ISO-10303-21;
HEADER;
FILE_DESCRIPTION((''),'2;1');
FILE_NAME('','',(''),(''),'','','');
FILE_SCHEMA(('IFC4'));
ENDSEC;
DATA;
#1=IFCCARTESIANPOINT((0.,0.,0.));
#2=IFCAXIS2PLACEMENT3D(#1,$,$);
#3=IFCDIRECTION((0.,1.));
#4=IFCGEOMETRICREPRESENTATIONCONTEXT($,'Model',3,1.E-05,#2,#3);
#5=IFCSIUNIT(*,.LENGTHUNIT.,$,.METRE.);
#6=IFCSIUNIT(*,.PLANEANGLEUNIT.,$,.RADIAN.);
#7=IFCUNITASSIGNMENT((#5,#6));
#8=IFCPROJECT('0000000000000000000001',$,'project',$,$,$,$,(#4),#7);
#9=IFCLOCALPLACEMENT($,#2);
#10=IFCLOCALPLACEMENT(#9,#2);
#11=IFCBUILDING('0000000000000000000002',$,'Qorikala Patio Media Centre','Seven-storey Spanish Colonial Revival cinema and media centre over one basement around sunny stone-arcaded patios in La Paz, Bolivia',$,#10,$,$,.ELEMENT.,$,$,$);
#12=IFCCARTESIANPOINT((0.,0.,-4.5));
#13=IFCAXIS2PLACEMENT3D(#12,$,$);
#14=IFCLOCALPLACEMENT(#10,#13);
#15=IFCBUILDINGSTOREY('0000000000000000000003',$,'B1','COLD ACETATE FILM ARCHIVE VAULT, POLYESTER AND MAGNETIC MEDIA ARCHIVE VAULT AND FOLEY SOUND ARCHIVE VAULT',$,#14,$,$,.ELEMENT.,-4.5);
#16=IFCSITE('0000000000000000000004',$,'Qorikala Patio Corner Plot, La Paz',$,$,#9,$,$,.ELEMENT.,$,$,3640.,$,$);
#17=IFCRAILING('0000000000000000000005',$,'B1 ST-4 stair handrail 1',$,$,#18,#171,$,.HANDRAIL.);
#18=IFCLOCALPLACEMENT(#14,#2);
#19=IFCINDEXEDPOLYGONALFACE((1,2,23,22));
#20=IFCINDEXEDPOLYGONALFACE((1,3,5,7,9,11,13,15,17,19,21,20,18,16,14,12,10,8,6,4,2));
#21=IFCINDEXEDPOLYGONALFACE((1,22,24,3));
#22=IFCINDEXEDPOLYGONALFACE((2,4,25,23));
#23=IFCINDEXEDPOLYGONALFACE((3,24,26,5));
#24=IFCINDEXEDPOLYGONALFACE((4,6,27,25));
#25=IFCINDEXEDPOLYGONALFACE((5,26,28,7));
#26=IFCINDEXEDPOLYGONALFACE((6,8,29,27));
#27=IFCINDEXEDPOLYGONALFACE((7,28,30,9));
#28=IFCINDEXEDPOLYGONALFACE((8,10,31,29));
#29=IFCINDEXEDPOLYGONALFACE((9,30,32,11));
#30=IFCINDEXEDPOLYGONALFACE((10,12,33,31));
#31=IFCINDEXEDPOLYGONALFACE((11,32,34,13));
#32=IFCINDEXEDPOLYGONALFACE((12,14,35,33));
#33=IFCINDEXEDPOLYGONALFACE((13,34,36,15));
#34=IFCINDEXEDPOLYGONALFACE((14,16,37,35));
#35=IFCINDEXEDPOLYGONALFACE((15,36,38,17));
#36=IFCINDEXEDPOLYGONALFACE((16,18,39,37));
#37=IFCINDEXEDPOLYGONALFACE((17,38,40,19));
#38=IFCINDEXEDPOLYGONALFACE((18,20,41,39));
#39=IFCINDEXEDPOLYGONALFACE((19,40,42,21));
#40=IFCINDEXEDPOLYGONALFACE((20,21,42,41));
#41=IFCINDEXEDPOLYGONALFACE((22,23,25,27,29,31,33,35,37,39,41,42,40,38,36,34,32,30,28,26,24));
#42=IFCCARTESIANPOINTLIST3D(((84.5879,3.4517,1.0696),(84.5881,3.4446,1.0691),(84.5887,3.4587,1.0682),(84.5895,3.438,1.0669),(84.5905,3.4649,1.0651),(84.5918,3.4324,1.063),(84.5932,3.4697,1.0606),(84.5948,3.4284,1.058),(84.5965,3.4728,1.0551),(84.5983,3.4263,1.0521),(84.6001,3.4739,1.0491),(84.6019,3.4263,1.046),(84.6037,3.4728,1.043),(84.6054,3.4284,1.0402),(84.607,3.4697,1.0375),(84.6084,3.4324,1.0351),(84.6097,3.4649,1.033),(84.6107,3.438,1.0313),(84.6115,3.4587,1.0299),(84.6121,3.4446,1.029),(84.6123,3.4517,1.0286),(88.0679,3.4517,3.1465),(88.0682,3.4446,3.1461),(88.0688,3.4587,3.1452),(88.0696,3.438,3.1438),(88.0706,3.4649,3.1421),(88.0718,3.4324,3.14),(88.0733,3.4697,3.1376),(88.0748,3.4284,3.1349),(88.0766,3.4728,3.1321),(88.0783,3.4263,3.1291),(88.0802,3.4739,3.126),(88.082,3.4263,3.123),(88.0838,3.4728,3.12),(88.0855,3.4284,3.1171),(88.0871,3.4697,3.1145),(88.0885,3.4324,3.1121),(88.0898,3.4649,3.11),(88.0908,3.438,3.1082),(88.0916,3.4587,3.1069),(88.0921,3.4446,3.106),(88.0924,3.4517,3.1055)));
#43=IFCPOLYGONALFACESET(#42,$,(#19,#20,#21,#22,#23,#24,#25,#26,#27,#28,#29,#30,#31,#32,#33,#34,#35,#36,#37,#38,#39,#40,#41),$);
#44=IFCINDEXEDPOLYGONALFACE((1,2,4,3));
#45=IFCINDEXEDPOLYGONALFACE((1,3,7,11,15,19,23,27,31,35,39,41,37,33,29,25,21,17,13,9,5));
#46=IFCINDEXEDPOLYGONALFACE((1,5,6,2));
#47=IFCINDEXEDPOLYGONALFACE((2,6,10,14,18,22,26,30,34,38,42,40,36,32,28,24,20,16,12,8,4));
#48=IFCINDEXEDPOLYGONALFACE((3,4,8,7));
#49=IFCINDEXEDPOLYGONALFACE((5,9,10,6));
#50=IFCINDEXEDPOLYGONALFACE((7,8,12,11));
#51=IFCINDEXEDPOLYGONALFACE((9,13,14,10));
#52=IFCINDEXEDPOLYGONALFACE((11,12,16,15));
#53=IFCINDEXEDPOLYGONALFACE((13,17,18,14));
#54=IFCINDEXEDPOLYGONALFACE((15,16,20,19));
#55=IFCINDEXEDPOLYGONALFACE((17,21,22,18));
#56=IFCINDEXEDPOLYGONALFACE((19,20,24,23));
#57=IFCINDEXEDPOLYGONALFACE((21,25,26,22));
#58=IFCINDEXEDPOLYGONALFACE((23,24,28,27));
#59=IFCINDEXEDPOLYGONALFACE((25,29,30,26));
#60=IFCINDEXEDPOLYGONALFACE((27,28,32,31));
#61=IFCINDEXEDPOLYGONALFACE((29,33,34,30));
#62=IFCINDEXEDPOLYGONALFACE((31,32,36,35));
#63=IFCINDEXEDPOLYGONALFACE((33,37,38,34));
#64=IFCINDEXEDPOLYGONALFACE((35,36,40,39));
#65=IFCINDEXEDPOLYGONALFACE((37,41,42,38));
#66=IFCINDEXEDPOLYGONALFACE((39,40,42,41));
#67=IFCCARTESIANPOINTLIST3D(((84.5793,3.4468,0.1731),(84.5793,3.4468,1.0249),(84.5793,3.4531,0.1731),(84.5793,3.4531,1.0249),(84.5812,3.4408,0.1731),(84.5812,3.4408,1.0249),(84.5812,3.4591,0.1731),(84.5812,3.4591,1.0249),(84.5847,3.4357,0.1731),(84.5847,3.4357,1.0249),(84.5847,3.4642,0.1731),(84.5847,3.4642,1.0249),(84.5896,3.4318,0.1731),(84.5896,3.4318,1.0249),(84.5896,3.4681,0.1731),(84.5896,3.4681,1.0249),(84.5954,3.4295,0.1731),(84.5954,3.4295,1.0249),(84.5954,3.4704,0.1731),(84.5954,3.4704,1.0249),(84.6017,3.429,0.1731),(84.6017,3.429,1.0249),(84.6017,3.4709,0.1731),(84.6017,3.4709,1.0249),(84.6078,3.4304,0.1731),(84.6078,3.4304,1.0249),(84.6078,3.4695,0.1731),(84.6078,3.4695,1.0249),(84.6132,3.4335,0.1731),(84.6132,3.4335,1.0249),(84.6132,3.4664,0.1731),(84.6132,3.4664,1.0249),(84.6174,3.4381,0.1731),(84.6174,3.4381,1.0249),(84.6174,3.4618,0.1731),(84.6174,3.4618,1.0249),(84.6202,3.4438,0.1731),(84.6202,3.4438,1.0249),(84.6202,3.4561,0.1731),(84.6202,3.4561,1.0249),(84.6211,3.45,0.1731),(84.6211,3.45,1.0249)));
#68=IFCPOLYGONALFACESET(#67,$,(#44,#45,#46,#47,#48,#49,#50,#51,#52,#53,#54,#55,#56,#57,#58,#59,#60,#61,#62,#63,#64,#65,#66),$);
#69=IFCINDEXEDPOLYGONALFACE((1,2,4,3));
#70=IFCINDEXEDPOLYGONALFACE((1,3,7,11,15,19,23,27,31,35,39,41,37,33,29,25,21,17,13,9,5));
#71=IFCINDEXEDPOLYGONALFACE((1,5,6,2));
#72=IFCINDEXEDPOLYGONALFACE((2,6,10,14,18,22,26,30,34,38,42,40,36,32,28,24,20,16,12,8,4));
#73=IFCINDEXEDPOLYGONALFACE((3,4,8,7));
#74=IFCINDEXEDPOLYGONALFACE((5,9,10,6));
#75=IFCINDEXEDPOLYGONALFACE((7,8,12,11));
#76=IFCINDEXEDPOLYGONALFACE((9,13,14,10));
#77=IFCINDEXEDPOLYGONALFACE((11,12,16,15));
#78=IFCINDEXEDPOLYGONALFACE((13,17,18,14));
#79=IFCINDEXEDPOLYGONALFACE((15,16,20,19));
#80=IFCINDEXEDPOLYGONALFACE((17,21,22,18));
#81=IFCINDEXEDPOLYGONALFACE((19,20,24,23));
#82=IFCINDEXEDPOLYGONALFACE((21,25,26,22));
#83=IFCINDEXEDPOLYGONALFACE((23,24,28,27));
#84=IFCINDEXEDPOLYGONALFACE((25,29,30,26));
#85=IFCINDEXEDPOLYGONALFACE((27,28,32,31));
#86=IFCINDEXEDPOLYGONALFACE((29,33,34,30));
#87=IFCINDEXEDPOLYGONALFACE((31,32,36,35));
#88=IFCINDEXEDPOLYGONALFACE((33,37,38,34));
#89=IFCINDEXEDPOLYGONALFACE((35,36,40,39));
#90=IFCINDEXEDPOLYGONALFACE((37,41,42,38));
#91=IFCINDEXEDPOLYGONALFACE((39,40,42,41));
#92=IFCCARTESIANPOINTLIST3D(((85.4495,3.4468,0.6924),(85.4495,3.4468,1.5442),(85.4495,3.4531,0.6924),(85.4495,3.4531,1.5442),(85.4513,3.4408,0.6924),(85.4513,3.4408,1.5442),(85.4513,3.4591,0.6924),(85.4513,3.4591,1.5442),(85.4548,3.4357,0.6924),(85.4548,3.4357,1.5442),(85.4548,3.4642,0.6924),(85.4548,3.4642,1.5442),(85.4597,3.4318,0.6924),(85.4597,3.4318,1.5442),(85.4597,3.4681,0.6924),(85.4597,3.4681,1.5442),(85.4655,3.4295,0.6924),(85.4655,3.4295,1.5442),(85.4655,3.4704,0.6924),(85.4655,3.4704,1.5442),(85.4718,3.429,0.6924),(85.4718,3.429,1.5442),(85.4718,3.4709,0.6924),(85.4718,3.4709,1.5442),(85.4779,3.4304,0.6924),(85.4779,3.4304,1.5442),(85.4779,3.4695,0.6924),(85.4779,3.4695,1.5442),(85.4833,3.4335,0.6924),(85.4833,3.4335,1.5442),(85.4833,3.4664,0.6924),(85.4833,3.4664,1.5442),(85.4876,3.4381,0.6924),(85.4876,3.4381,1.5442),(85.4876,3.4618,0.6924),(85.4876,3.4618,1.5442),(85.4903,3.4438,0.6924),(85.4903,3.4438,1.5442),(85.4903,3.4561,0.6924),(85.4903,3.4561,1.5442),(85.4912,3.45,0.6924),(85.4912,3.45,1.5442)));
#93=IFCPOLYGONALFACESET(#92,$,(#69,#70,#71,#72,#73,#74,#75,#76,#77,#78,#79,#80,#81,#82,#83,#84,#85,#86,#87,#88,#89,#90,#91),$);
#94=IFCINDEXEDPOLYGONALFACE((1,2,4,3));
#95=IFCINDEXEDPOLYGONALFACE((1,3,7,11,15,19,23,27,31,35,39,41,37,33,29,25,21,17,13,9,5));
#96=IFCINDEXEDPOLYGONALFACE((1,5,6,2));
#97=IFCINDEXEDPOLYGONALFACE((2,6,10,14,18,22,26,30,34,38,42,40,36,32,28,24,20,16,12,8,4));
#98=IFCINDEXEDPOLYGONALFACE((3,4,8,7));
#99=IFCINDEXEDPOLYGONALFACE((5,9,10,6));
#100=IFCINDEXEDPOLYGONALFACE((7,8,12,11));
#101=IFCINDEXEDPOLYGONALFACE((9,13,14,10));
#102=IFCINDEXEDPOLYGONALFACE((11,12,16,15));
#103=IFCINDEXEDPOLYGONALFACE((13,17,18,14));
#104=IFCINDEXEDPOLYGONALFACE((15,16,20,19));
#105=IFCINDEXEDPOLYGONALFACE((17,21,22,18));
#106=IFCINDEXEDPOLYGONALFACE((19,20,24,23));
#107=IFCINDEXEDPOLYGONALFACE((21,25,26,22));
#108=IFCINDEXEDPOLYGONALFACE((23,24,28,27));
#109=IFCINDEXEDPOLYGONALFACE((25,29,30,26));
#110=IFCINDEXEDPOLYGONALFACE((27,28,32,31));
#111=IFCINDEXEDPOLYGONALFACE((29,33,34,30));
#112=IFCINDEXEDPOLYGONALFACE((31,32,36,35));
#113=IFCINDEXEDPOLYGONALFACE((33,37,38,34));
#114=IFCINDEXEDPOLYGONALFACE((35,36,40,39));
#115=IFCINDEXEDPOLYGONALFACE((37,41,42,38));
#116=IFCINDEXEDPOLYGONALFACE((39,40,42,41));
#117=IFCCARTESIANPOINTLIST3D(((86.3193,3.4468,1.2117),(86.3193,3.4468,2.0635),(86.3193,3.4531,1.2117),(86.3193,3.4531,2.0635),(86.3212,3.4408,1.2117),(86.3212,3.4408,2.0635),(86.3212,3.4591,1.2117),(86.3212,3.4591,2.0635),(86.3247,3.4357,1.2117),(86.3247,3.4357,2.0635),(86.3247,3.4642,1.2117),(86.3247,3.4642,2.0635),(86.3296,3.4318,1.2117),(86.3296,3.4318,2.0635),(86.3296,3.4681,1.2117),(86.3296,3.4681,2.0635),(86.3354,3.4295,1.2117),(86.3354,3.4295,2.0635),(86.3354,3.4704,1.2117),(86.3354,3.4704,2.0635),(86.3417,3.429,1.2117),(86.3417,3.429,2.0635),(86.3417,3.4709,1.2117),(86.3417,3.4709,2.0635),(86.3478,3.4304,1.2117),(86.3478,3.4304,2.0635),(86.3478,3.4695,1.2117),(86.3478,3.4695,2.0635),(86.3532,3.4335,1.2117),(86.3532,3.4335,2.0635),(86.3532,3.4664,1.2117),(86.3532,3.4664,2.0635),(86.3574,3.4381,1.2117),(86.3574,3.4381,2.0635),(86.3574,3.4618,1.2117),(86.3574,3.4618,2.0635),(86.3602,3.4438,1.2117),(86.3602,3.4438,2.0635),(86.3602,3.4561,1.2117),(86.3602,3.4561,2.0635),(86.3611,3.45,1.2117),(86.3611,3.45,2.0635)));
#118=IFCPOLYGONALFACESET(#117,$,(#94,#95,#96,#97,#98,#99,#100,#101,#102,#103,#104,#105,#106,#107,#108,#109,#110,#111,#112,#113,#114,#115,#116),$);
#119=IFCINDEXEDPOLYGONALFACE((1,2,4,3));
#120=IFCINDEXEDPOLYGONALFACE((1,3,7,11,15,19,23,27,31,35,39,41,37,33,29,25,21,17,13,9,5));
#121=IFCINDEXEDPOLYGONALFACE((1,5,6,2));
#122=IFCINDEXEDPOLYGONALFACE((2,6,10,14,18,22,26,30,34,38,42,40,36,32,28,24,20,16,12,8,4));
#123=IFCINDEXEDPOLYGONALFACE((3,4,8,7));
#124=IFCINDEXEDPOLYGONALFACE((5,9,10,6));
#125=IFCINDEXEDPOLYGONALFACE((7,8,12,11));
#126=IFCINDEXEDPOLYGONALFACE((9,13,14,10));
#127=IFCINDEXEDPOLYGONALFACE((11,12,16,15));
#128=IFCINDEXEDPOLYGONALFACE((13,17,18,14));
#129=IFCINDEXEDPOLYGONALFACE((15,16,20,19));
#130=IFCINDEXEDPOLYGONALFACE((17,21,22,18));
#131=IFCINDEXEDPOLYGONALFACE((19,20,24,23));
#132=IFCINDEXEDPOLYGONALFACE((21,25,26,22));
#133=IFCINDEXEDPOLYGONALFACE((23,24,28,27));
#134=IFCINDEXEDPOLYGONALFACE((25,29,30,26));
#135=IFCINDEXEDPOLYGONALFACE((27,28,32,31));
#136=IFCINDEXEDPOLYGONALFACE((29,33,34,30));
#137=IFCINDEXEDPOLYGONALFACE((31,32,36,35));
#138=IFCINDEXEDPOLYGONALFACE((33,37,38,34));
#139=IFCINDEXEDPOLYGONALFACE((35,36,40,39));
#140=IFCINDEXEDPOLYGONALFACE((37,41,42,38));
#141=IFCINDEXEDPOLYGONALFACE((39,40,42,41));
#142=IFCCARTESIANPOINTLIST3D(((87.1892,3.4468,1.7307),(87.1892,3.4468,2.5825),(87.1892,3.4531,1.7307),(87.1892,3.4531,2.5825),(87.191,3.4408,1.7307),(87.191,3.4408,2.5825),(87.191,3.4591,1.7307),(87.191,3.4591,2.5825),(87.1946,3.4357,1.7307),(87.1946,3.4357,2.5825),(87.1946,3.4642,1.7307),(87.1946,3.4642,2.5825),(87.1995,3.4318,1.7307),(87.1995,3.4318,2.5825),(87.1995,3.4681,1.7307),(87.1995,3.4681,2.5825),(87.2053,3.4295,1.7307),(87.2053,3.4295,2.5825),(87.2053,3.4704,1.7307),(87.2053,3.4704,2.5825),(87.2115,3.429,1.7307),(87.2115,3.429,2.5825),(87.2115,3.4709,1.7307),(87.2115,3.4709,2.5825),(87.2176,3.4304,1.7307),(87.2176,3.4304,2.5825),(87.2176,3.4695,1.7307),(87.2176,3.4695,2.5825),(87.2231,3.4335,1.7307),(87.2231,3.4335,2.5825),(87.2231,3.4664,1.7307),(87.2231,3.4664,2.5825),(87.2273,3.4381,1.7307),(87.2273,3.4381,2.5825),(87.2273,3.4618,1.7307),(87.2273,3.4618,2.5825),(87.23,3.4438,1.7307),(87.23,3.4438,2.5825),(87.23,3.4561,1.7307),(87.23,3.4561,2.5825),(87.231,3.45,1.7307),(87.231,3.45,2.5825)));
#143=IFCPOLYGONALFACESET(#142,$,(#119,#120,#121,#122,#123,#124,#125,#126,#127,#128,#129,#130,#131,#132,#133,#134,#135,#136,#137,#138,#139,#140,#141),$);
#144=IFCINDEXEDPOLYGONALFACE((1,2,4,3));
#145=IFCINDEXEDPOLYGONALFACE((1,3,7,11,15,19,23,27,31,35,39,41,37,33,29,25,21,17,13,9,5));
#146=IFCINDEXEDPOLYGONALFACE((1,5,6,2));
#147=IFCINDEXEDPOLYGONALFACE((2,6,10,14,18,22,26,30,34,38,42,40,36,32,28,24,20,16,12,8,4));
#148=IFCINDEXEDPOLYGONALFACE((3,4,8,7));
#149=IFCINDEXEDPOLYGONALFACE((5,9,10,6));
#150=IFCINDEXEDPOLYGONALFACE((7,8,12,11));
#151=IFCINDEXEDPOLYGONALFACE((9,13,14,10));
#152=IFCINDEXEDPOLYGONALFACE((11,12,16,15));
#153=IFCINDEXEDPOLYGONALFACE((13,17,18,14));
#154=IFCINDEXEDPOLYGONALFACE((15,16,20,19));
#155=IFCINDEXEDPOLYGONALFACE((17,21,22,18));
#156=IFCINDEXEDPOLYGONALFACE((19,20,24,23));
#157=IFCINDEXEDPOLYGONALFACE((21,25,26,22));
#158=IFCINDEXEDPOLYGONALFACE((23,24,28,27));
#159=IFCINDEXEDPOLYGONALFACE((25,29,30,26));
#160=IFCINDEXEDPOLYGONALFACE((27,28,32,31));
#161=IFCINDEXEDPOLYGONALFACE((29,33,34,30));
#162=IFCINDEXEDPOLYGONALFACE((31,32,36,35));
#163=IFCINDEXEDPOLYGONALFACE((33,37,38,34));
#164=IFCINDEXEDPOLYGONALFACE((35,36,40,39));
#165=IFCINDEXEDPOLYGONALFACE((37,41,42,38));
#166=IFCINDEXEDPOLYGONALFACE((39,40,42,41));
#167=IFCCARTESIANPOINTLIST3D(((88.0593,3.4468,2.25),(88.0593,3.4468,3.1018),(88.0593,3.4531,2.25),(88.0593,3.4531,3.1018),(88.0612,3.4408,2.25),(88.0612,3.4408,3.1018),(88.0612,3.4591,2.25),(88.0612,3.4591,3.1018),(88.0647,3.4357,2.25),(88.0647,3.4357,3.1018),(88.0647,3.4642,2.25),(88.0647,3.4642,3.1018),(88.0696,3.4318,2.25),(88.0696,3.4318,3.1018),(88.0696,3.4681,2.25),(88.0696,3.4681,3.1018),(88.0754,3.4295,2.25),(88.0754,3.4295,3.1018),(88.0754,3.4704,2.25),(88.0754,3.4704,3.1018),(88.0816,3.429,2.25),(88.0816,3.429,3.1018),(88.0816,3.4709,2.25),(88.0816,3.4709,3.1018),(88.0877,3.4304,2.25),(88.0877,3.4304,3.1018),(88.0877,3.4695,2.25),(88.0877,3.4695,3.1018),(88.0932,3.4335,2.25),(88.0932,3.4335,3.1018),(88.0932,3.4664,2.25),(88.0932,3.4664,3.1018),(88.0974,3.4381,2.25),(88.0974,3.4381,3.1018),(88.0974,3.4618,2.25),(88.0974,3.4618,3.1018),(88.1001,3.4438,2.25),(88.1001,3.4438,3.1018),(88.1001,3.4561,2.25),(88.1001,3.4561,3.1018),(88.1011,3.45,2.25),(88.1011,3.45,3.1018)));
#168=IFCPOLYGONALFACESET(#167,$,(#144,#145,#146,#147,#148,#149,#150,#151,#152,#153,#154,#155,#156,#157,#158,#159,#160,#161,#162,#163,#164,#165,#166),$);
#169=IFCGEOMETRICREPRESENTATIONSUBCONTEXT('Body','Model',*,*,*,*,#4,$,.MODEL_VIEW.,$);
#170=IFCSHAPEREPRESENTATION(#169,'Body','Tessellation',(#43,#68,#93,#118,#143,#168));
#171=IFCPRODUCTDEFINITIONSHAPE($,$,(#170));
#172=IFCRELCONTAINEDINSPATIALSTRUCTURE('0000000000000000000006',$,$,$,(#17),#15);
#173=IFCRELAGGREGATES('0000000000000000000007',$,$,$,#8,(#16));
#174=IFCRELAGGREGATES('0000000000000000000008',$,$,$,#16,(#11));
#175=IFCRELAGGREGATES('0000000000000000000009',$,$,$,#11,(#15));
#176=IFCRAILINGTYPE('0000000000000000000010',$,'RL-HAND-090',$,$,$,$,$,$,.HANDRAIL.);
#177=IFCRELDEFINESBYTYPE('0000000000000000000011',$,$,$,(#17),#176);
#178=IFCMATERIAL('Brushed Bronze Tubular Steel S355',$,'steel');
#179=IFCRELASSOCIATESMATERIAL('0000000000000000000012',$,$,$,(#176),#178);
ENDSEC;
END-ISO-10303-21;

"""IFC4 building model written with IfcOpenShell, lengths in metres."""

from ifc_helpers import new_model, si_unit, direction, frame, origin, origin_2d, place, context, subcontext, project, spatial, circle, extrude, material, type_object, element, save


model = new_model("IFC4")

# Units and contexts
model_context = context("Model", 3, precision=1e-05, world=origin(), true_north=direction((0.0, 1.0)))
body_context = subcontext(model_context, "Body", "Model", "MODEL_VIEW")
ifc_project = project(units=[si_unit("LENGTHUNIT", "METRE"), si_unit("PLANEANGLEUNIT", "RADIAN")], contexts=[model_context])

# Site, building, storey
site_placement = place(None, origin())
site = spatial("IfcSite", under=ifc_project, at=site_placement, Name="Qorikala Patio Corner Plot, La Paz", CompositionType="ELEMENT", RefElevation=3640.0)
building_placement = place(site_placement, origin())
building = spatial("IfcBuilding", under=site, at=building_placement, Name="Qorikala Patio Media Centre", Description="Seven-storey Spanish Colonial Revival cinema and media centre over one basement around sunny stone-arcaded patios in La Paz, Bolivia", CompositionType="ELEMENT")
storey_placement = place(building_placement, frame((0.0, 0.0, -4.5)))
storey = spatial("IfcBuildingStorey", under=building, at=storey_placement, Name="B1", Description="COLD ACETATE FILM ARCHIVE VAULT, POLYESTER AND MAGNETIC MEDIA ARCHIVE VAULT AND FOLEY SOUND ARCHIVE VAULT", CompositionType="ELEMENT", Elevation=-4.5)

# Railing
ifc_material_1 = material(Name="Brushed Bronze Tubular Steel S355", Category="steel")
railing_type_1 = type_object("IfcRailingType", Name="RL-HAND-090", PredefinedType="HANDRAIL", material=ifc_material_1)
railing_1_placement = place(storey_placement, frame((84.6001, 3.45, 0.1731)))
element("IfcRailing", 1, at=railing_1_placement, inside=storey, type_object=railing_type_1, Name="B1 ST-4 stair handrail 1", PredefinedType="HANDRAIL", context=body_context, shape_type="SweptSolid", body=[
    extrude(circle(Radius=0.0239, at=origin_2d()), frame((0.0, 0.0, 0.876), z_axis=(0.858697, 0.0, 0.512483), x_axis=(0.0, 1.0, 0.0)), (0.0, 0.0, 1.0), 4.0527),
    extrude(circle(Radius=0.021, at=origin_2d()), origin(), (0.0, 0.0, 1.0), 0.8518),
    extrude(circle(Radius=0.021, at=origin_2d()), frame((0.8701, 0.0, 0.5193)), (0.0, 0.0, 1.0), 0.8518),
    extrude(circle(Radius=0.021, at=origin_2d()), frame((1.74, 0.0, 1.0386)), (0.0, 0.0, 1.0), 0.8518),
    extrude(circle(Radius=0.021, at=origin_2d()), frame((2.6099, 0.0, 1.5576)), (0.0, 0.0, 1.0), 0.8518),
    extrude(circle(Radius=0.021, at=origin_2d()), frame((3.48, 0.0, 2.0769)), (0.0, 0.0, 1.0), 0.8518),
])

save(model, "model.ifc")
